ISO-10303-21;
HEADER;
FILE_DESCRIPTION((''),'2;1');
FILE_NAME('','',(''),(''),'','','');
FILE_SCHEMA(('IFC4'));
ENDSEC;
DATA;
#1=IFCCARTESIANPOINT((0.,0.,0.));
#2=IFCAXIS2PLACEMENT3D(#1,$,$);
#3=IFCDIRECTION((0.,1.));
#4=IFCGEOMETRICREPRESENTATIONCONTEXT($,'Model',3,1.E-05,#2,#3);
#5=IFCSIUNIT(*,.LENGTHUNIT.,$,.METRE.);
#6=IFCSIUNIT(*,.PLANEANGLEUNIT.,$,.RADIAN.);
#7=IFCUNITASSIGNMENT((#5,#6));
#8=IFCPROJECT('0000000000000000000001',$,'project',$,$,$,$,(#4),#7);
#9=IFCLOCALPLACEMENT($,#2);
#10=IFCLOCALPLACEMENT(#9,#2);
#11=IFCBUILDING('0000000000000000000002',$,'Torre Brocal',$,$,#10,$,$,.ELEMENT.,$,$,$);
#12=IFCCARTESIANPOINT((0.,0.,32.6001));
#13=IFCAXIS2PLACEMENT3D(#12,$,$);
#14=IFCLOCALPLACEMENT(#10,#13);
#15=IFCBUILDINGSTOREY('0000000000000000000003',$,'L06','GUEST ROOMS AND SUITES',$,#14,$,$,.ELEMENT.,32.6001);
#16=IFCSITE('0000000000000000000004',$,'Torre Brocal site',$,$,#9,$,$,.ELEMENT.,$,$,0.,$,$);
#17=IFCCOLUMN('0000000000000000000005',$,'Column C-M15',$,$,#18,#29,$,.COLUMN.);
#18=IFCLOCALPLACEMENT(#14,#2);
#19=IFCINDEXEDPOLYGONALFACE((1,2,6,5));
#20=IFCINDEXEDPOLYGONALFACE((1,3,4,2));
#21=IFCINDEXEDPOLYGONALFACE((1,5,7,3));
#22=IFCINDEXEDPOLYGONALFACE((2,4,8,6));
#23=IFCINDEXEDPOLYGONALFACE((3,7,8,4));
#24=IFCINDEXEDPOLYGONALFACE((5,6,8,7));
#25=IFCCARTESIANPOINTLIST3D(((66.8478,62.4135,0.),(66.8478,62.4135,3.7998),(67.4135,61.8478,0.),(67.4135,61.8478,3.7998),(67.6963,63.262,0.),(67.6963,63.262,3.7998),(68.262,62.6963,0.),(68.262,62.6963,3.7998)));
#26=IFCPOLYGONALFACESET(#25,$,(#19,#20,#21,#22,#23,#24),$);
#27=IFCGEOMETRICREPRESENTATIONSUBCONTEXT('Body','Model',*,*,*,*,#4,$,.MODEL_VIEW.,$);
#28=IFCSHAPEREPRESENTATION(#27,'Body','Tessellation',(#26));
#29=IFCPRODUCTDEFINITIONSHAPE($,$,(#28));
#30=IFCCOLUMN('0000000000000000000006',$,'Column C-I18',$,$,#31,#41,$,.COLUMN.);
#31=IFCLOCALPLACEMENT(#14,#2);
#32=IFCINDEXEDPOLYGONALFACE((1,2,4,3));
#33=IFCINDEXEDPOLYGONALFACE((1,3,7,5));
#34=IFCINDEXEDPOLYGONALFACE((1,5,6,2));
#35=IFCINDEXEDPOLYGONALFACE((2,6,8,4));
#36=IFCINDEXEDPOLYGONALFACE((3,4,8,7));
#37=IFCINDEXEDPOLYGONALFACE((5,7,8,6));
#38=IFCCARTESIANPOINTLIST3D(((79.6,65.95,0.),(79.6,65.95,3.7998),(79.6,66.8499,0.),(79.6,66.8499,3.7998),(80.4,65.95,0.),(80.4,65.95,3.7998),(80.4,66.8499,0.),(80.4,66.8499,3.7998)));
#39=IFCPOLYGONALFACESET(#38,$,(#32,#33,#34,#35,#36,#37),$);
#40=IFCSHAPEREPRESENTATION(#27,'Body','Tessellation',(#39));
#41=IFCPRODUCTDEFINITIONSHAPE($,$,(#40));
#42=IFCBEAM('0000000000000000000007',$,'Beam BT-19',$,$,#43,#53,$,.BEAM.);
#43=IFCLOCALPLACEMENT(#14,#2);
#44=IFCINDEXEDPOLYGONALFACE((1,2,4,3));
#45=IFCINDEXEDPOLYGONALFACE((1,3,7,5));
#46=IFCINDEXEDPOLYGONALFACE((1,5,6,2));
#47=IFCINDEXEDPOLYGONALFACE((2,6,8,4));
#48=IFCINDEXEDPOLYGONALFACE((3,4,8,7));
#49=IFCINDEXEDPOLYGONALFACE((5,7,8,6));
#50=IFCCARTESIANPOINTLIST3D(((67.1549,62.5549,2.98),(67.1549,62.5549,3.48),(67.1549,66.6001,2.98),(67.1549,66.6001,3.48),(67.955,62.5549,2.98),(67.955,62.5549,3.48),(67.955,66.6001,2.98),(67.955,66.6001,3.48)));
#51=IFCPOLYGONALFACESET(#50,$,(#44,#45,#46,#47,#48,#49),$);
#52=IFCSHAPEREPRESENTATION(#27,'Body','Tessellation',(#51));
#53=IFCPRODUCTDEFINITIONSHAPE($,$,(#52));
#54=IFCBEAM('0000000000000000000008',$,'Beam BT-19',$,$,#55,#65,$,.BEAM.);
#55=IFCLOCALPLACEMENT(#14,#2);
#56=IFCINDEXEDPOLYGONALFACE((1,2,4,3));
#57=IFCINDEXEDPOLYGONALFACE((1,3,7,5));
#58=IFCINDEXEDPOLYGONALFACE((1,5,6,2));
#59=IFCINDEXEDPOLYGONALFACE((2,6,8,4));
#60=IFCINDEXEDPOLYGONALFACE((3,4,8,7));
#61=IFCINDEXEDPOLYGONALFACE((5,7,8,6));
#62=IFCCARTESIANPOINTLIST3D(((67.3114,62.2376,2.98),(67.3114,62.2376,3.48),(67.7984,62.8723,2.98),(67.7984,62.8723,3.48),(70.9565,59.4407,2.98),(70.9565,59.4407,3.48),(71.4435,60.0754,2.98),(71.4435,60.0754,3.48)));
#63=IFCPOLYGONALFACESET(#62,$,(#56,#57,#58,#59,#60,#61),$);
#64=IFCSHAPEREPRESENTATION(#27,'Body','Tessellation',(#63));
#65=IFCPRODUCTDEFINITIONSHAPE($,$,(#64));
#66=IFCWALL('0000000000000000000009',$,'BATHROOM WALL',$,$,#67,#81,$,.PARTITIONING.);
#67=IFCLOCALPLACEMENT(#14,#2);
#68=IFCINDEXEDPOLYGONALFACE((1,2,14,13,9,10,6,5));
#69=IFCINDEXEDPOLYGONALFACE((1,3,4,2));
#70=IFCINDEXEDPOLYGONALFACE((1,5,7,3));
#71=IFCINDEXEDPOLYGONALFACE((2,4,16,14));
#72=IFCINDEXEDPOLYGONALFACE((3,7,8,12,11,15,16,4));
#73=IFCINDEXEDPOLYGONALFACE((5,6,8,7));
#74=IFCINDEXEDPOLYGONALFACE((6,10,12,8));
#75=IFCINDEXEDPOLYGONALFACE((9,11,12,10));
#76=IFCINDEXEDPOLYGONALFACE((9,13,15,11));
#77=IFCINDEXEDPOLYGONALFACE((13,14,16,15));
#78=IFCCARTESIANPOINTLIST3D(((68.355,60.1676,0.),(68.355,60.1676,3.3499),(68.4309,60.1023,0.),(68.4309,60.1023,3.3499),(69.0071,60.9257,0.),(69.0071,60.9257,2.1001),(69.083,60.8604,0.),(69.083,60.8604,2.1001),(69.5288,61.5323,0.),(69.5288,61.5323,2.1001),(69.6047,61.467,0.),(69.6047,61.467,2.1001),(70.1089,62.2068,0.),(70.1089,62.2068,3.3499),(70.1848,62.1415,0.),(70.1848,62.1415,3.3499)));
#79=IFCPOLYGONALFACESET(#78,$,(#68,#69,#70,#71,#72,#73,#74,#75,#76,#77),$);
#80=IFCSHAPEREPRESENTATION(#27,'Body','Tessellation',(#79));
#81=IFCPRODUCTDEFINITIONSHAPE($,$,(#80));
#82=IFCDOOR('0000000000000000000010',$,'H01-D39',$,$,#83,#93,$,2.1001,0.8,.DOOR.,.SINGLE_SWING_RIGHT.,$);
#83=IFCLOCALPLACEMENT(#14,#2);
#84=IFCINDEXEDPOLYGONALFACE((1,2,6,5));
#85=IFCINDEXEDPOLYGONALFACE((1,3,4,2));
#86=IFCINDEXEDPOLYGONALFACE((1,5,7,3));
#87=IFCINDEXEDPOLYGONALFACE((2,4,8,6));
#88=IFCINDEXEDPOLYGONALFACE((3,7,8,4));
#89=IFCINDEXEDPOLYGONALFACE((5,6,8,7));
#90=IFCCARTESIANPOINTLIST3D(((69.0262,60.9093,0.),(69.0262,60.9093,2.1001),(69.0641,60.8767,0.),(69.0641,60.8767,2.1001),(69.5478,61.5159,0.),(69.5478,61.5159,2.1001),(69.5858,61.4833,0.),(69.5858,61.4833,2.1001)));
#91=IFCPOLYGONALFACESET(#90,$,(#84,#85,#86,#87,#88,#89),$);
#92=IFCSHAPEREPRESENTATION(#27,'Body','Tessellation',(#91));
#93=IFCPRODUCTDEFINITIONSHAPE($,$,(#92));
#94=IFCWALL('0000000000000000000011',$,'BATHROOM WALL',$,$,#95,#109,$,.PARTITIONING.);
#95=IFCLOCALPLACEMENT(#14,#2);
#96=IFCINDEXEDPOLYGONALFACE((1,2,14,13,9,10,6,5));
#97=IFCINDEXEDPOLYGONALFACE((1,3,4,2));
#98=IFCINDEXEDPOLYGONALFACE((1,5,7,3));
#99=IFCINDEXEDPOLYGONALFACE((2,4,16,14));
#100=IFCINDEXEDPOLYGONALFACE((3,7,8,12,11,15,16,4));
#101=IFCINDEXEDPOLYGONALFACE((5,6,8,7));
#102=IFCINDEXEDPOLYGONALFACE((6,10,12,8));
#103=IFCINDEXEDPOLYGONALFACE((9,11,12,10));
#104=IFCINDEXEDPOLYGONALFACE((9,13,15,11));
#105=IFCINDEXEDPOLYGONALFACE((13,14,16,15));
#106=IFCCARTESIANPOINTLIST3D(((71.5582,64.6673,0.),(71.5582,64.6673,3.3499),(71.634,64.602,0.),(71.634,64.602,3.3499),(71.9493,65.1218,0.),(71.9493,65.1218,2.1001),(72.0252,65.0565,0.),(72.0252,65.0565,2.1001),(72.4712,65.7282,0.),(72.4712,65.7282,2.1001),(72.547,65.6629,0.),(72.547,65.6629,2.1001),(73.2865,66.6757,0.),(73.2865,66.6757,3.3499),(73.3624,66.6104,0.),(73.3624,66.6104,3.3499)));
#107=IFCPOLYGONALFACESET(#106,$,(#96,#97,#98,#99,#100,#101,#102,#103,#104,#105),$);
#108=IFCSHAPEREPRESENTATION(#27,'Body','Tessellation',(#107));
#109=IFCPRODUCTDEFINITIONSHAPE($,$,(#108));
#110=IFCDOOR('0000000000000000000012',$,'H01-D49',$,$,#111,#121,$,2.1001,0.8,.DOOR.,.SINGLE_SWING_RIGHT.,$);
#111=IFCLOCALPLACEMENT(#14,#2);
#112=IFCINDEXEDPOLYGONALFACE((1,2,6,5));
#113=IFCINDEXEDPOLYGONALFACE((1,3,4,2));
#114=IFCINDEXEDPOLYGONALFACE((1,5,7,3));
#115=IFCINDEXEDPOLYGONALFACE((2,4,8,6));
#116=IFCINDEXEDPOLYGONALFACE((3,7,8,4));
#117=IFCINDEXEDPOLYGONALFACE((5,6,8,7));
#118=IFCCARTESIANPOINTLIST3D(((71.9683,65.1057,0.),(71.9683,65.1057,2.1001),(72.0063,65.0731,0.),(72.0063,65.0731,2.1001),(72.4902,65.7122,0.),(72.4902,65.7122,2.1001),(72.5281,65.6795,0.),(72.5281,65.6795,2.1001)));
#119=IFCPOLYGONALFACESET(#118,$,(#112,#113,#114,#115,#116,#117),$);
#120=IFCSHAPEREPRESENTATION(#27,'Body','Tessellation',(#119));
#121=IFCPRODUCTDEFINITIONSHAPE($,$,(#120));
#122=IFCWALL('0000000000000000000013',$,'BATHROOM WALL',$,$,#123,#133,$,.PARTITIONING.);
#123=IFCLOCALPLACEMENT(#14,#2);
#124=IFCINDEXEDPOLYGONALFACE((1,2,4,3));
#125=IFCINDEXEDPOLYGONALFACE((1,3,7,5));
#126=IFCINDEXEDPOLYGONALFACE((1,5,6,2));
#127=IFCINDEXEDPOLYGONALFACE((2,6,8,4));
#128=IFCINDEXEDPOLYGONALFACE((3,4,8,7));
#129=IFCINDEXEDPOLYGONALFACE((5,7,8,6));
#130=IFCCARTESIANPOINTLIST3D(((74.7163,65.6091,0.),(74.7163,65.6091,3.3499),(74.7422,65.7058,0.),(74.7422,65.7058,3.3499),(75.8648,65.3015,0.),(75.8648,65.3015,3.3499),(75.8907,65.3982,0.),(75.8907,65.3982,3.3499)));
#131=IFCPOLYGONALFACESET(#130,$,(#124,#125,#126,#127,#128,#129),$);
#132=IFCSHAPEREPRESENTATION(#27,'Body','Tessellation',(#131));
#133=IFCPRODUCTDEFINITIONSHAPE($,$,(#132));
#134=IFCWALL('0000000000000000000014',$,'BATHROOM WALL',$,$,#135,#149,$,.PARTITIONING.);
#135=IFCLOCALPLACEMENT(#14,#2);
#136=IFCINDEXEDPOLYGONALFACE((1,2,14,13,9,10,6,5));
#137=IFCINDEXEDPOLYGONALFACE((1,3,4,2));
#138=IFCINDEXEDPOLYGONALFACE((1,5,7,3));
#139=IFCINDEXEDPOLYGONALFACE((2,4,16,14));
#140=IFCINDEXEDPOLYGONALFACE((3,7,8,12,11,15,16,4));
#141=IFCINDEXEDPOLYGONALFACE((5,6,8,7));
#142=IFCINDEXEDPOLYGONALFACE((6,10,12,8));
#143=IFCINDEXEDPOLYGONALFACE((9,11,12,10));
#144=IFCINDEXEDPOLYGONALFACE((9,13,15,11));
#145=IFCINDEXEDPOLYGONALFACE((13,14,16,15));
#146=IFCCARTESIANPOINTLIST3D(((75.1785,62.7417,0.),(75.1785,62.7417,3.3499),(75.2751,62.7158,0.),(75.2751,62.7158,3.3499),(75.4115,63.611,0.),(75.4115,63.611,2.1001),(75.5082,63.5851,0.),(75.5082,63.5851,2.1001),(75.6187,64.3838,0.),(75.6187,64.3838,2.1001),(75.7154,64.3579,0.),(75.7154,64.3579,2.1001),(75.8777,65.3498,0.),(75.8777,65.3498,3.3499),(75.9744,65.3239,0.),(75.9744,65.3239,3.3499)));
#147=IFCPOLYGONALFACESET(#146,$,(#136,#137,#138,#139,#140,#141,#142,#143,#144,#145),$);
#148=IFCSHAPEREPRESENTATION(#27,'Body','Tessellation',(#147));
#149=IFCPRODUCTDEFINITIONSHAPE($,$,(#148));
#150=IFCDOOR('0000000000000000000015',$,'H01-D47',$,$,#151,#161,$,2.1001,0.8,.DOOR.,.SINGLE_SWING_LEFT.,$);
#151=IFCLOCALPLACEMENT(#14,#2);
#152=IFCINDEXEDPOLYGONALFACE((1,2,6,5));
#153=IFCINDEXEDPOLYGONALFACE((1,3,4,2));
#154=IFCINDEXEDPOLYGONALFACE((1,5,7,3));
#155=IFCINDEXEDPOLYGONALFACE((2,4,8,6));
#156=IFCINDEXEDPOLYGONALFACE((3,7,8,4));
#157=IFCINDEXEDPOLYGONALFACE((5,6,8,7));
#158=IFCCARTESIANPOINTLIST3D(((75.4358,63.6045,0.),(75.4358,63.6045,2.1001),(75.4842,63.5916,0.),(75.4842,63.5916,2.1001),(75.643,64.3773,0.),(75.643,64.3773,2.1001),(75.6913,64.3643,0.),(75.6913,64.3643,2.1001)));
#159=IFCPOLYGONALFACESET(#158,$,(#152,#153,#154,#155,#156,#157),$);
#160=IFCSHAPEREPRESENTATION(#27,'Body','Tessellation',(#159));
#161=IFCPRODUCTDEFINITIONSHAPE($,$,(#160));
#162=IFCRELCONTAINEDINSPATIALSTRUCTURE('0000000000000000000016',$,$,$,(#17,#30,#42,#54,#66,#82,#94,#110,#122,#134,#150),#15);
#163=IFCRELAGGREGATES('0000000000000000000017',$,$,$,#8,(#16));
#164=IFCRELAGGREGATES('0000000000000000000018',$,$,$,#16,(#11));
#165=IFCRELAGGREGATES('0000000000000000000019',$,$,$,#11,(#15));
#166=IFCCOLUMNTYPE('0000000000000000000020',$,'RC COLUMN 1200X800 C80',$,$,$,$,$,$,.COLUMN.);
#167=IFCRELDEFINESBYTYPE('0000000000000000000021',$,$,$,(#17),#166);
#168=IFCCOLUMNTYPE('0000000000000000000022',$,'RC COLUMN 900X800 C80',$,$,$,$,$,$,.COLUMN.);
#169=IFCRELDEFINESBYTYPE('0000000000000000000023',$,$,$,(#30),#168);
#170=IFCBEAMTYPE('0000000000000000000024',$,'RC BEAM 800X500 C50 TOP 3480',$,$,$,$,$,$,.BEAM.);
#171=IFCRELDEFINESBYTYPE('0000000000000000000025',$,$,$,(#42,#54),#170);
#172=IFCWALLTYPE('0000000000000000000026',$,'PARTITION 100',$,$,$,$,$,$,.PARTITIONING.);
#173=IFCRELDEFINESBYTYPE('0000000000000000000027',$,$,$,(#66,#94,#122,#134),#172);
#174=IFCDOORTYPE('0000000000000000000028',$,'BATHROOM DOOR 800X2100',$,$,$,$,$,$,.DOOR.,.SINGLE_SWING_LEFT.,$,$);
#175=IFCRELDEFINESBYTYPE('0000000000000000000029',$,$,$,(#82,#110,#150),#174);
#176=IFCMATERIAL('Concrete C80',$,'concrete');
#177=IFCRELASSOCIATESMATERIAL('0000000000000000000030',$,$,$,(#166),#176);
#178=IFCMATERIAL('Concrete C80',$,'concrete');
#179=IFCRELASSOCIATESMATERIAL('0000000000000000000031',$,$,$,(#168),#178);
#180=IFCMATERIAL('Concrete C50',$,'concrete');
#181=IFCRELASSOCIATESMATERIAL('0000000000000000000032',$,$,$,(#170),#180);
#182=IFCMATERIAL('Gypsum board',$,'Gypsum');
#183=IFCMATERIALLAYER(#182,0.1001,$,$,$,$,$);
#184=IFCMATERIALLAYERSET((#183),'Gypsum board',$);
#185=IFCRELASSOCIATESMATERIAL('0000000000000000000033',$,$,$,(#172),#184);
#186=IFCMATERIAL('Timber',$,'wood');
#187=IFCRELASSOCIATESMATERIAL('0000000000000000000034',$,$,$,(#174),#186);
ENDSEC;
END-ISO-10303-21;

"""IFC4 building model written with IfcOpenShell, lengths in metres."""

from ifc_helpers import new_model, si_unit, direction, frame, frame_2d, origin, origin_2d, place, context, subcontext, project, spatial, rectangle, extrude, material, layer, layer_set, material_profile, profile_set, type_object, element, fill, save


model = new_model("IFC4")

# Units and contexts
model_context = context("Model", 3, precision=1e-05, world=origin(), true_north=direction((0.0, 1.0)))
body_context = subcontext(model_context, "Body", "Model", "MODEL_VIEW")
ifc_project = project(units=[si_unit("LENGTHUNIT", "METRE"), si_unit("PLANEANGLEUNIT", "RADIAN")], contexts=[model_context])

# Site, building, storey
site_placement = place(None, origin())
site = spatial("IfcSite", under=ifc_project, at=site_placement, Name="Torre Brocal site", CompositionType="ELEMENT", RefElevation=0.0)
building_placement = place(site_placement, origin())
building = spatial("IfcBuilding", under=site, at=building_placement, Name="Torre Brocal", CompositionType="ELEMENT")
storey_placement = place(building_placement, frame((0.0, 0.0, 32.6001)))
storey = spatial("IfcBuildingStorey", under=building, at=storey_placement, Name="L06", Description="GUEST ROOMS AND SUITES", CompositionType="ELEMENT", Elevation=32.6001)

# Columns
ifc_material_1 = material(Name="Concrete C80", Category="concrete")
ifc_material_profile_1 = material_profile(ifc_material_1, rectangle(XDim=1.2, YDim=0.8, at=origin_2d()), Name="RC 1200X800")
ifc_profile_set_1 = profile_set([ifc_material_profile_1], Name="Concrete C80")
column_type_1 = type_object("IfcColumnType", Name="RC COLUMN 1200X800 C80", PredefinedType="COLUMN", material=ifc_profile_set_1)
column_1_placement = place(storey_placement, frame((67.5549, 62.5549, 0.0), z_axis=(0.0, 0.0, 1.0), x_axis=(-0.707107, -0.707107, 0.0)))
element("IfcColumn", 1, at=column_1_placement, inside=storey, type_object=column_type_1, Name="Column C-M15", PredefinedType="COLUMN", context=body_context, shape_type="SweptSolid", body=[
    extrude(rectangle(XDim=1.2, YDim=0.8, at=origin_2d()), origin(), (0.0, 0.0, 1.0), 3.7998),
])
ifc_material_2 = material(Name="Concrete C80", Category="concrete")
ifc_material_profile_2 = material_profile(ifc_material_2, rectangle(XDim=0.8999, YDim=0.8, at=origin_2d()), Name="RC 900X800")
ifc_profile_set_2 = profile_set([ifc_material_profile_2], Name="Concrete C80")
column_type_2 = type_object("IfcColumnType", Name="RC COLUMN 900X800 C80", PredefinedType="COLUMN", material=ifc_profile_set_2)
column_2_placement = place(storey_placement, frame((80.0, 66.3999, 0.0), z_axis=(0.0, 0.0, 1.0), x_axis=(0.0, -1.0, 0.0)))
element("IfcColumn", 2, at=column_2_placement, inside=storey, type_object=column_type_2, Name="Column C-I18", PredefinedType="COLUMN", context=body_context, shape_type="SweptSolid", body=[
    extrude(rectangle(XDim=0.8999, YDim=0.8, at=origin_2d()), origin(), (0.0, 0.0, 1.0), 3.7998),
])

# Beams
ifc_material_3 = material(Name="Concrete C50", Category="concrete")
ifc_material_profile_3 = material_profile(ifc_material_3, rectangle(XDim=0.8, YDim=0.5, at=origin_2d()), Name="RC 800X500")
ifc_profile_set_3 = profile_set([ifc_material_profile_3], Name="Concrete C50")
beam_type = type_object("IfcBeamType", Name="RC BEAM 800X500 C50 TOP 3480", PredefinedType="BEAM", material=ifc_profile_set_3)
beam_1_placement = place(storey_placement, frame((67.5549, 62.5549, 3.23), z_axis=(0.0, 1.0, 0.0), x_axis=(-1.0, 0.0, 0.0)))
element("IfcBeam", 3, at=beam_1_placement, inside=storey, type_object=beam_type, Name="Beam BT-19", PredefinedType="BEAM", context=body_context, shape_type="SweptSolid", body=[
    extrude(rectangle(XDim=0.8, YDim=0.5, at=origin_2d()), origin(), (0.0, 0.0, 1.0), 4.0452),
])
beam_2_placement = place(storey_placement, frame((67.5549, 62.5549, 3.23), z_axis=(0.793358, -0.608755, 0.0), x_axis=(0.608755, 0.793358, 0.0)))
element("IfcBeam", 4, at=beam_2_placement, inside=storey, type_object=beam_type, Name="Beam BT-19", PredefinedType="BEAM", context=body_context, shape_type="SweptSolid", body=[
    extrude(rectangle(XDim=0.8, YDim=0.5, at=origin_2d()), origin(), (0.0, 0.0, 1.0), 4.5945),
])

# Walls, openings, doors
ifc_material_4 = material(Name="Gypsum board", Category="Gypsum")
ifc_layer_1 = layer(ifc_material_4, 0.1001)
ifc_layer_set_1 = layer_set([ifc_layer_1], Name="Gypsum board")
wall_type_1 = type_object("IfcWallType", Name="PARTITION 100", PredefinedType="PARTITIONING", material=ifc_layer_set_1)
wall_1_placement = place(storey_placement, frame((68.3931, 60.135, 0.0), z_axis=(0.0, 0.0, 1.0), x_axis=(0.652061, 0.758166, 0.0)))
wall_1 = element("IfcWall", 5, at=wall_1_placement, inside=storey, type_object=wall_type_1, Name="BATHROOM WALL", PredefinedType="PARTITIONING", context=body_context, shape_type="SweptSolid", body=[
    extrude(rectangle(XDim=2.6897, YDim=0.1001, at=frame_2d((1.3447, 0.0))), origin(), (0.0, 0.0, 1.0), 3.3499),
])
opening_1_placement = place(wall_1_placement, frame((1.0, 0.0, 0.0)))
opening_1 = element("IfcOpeningElement", 6, at=opening_1_placement, cuts=wall_1, PredefinedType="OPENING", context=body_context, shape_type="SweptSolid", body=[
    extrude(rectangle(XDim=0.8, YDim=2.1001, at=frame_2d((0.3999, 1.05))), frame((0.0, 0.0601, 0.0), z_axis=(0.0, -1.0, 0.0), x_axis=(1.0, 0.0, 0.0)), (0.0, 0.0, 1.0), 0.1201),
])
ifc_material_5 = material(Name="Timber", Category="wood")
door_type_1 = type_object("IfcDoorType", Name="BATHROOM DOOR 800X2100", OperationType="SINGLE_SWING_LEFT", PredefinedType="DOOR", material=ifc_material_5)
door_1_placement = place(opening_1_placement, origin())
door_1 = element("IfcDoor", 7, at=door_1_placement, inside=storey, type_object=door_type_1, Name="H01-D39", OperationType="SINGLE_SWING_RIGHT", OverallHeight=2.1001, OverallWidth=0.8, PredefinedType="DOOR", context=body_context, shape_type="SweptSolid", body=[
    extrude(rectangle(XDim=0.8, YDim=2.1001, at=frame_2d((0.3999, 1.05))), frame((0.0, 0.0249, 0.0), z_axis=(0.0, -1.0, 0.0), x_axis=(1.0, 0.0, 0.0)), (0.0, 0.0, 1.0), 0.05),
])
fill(opening_1, door_1)
wall_2_placement = place(storey_placement, frame((71.5962, 64.6348, 0.0), z_axis=(0.0, 0.0, 1.0), x_axis=(0.652285, 0.757974, 0.0)))
wall_2 = element("IfcWall", 8, at=wall_2_placement, inside=storey, type_object=wall_type_1, Name="BATHROOM WALL", PredefinedType="PARTITIONING", context=body_context, shape_type="SweptSolid", body=[
    extrude(rectangle(XDim=2.6497, YDim=0.1001, at=frame_2d((1.3247, 0.0))), origin(), (0.0, 0.0, 1.0), 3.3499),
])
opening_2_placement = place(wall_2_placement, frame((0.5996, 0.0, 0.0)))
opening_2 = element("IfcOpeningElement", 9, at=opening_2_placement, cuts=wall_2, PredefinedType="OPENING", context=body_context, shape_type="SweptSolid", body=[
    extrude(rectangle(XDim=0.8, YDim=2.1001, at=frame_2d((0.3999, 1.05))), frame((0.0, 0.0601, 0.0), z_axis=(0.0, -1.0, 0.0), x_axis=(1.0, 0.0, 0.0)), (0.0, 0.0, 1.0), 0.1201),
])
door_2_placement = place(opening_2_placement, frame((0.8, 0.0, 0.0), z_axis=(0.0, 0.0, 1.0), x_axis=(-1.0, 0.0, 0.0)))
door_2 = element("IfcDoor", 10, at=door_2_placement, inside=storey, type_object=door_type_1, Name="H01-D49", OperationType="SINGLE_SWING_RIGHT", OverallHeight=2.1001, OverallWidth=0.8, PredefinedType="DOOR", context=body_context, shape_type="SweptSolid", body=[
    extrude(rectangle(XDim=0.8, YDim=2.1001, at=frame_2d((0.3999, 1.05))), frame((0.0, 0.0249, 0.0), z_axis=(0.0, -1.0, 0.0), x_axis=(1.0, 0.0, 0.0)), (0.0, 0.0, 1.0), 0.05),
])
fill(opening_2, door_2)

# Wall
wall_3_placement = place(storey_placement, frame((74.7292, 65.6575, 0.0), z_axis=(0.0, 0.0, 1.0), x_axis=(0.965948, -0.258736, 0.0)))
element("IfcWall", 11, at=wall_3_placement, inside=storey, type_object=wall_type_1, Name="BATHROOM WALL", PredefinedType="PARTITIONING", context=body_context, shape_type="SweptSolid", body=[
    extrude(rectangle(XDim=1.189, YDim=0.1001, at=frame_2d((0.5945, 0.0))), origin(), (0.0, 0.0, 1.0), 3.3499),
])

# Wall, opening, door
wall_4_placement = place(storey_placement, frame((75.2268, 62.7288, 0.0), z_axis=(0.0, 0.0, 1.0), x_axis=(0.258945, 0.965892, 0.0)))
wall_4 = element("IfcWall", 12, at=wall_4_placement, inside=storey, type_object=wall_type_1, Name="BATHROOM WALL", PredefinedType="PARTITIONING", context=body_context, shape_type="SweptSolid", body=[
    extrude(rectangle(XDim=2.7002, YDim=0.1001, at=frame_2d((1.3501, 0.0))), origin(), (0.0, 0.0, 1.0), 3.3499),
])
opening_3_placement = place(wall_4_placement, frame((0.9001, 0.0, 0.0)))
opening_3 = element("IfcOpeningElement", 13, at=opening_3_placement, cuts=wall_4, PredefinedType="OPENING", context=body_context, shape_type="SweptSolid", body=[
    extrude(rectangle(XDim=0.8, YDim=2.1001, at=frame_2d((0.3999, 1.05))), frame((0.0, 0.0601, 0.0), z_axis=(0.0, -1.0, 0.0), x_axis=(1.0, 0.0, 0.0)), (0.0, 0.0, 1.0), 0.1201),
])
door_3_placement = place(opening_3_placement, origin())
door_3 = element("IfcDoor", 14, at=door_3_placement, inside=storey, type_object=door_type_1, Name="H01-D47", OperationType="SINGLE_SWING_LEFT", OverallHeight=2.1001, OverallWidth=0.8, PredefinedType="DOOR", context=body_context, shape_type="SweptSolid", body=[
    extrude(rectangle(XDim=0.8, YDim=2.1001, at=frame_2d((0.3999, 1.05))), frame((0.0, 0.0249, 0.0), z_axis=(0.0, -1.0, 0.0), x_axis=(1.0, 0.0, 0.0)), (0.0, 0.0, 1.0), 0.05),
])
fill(opening_3, door_3)

save(model, "model.ifc")
